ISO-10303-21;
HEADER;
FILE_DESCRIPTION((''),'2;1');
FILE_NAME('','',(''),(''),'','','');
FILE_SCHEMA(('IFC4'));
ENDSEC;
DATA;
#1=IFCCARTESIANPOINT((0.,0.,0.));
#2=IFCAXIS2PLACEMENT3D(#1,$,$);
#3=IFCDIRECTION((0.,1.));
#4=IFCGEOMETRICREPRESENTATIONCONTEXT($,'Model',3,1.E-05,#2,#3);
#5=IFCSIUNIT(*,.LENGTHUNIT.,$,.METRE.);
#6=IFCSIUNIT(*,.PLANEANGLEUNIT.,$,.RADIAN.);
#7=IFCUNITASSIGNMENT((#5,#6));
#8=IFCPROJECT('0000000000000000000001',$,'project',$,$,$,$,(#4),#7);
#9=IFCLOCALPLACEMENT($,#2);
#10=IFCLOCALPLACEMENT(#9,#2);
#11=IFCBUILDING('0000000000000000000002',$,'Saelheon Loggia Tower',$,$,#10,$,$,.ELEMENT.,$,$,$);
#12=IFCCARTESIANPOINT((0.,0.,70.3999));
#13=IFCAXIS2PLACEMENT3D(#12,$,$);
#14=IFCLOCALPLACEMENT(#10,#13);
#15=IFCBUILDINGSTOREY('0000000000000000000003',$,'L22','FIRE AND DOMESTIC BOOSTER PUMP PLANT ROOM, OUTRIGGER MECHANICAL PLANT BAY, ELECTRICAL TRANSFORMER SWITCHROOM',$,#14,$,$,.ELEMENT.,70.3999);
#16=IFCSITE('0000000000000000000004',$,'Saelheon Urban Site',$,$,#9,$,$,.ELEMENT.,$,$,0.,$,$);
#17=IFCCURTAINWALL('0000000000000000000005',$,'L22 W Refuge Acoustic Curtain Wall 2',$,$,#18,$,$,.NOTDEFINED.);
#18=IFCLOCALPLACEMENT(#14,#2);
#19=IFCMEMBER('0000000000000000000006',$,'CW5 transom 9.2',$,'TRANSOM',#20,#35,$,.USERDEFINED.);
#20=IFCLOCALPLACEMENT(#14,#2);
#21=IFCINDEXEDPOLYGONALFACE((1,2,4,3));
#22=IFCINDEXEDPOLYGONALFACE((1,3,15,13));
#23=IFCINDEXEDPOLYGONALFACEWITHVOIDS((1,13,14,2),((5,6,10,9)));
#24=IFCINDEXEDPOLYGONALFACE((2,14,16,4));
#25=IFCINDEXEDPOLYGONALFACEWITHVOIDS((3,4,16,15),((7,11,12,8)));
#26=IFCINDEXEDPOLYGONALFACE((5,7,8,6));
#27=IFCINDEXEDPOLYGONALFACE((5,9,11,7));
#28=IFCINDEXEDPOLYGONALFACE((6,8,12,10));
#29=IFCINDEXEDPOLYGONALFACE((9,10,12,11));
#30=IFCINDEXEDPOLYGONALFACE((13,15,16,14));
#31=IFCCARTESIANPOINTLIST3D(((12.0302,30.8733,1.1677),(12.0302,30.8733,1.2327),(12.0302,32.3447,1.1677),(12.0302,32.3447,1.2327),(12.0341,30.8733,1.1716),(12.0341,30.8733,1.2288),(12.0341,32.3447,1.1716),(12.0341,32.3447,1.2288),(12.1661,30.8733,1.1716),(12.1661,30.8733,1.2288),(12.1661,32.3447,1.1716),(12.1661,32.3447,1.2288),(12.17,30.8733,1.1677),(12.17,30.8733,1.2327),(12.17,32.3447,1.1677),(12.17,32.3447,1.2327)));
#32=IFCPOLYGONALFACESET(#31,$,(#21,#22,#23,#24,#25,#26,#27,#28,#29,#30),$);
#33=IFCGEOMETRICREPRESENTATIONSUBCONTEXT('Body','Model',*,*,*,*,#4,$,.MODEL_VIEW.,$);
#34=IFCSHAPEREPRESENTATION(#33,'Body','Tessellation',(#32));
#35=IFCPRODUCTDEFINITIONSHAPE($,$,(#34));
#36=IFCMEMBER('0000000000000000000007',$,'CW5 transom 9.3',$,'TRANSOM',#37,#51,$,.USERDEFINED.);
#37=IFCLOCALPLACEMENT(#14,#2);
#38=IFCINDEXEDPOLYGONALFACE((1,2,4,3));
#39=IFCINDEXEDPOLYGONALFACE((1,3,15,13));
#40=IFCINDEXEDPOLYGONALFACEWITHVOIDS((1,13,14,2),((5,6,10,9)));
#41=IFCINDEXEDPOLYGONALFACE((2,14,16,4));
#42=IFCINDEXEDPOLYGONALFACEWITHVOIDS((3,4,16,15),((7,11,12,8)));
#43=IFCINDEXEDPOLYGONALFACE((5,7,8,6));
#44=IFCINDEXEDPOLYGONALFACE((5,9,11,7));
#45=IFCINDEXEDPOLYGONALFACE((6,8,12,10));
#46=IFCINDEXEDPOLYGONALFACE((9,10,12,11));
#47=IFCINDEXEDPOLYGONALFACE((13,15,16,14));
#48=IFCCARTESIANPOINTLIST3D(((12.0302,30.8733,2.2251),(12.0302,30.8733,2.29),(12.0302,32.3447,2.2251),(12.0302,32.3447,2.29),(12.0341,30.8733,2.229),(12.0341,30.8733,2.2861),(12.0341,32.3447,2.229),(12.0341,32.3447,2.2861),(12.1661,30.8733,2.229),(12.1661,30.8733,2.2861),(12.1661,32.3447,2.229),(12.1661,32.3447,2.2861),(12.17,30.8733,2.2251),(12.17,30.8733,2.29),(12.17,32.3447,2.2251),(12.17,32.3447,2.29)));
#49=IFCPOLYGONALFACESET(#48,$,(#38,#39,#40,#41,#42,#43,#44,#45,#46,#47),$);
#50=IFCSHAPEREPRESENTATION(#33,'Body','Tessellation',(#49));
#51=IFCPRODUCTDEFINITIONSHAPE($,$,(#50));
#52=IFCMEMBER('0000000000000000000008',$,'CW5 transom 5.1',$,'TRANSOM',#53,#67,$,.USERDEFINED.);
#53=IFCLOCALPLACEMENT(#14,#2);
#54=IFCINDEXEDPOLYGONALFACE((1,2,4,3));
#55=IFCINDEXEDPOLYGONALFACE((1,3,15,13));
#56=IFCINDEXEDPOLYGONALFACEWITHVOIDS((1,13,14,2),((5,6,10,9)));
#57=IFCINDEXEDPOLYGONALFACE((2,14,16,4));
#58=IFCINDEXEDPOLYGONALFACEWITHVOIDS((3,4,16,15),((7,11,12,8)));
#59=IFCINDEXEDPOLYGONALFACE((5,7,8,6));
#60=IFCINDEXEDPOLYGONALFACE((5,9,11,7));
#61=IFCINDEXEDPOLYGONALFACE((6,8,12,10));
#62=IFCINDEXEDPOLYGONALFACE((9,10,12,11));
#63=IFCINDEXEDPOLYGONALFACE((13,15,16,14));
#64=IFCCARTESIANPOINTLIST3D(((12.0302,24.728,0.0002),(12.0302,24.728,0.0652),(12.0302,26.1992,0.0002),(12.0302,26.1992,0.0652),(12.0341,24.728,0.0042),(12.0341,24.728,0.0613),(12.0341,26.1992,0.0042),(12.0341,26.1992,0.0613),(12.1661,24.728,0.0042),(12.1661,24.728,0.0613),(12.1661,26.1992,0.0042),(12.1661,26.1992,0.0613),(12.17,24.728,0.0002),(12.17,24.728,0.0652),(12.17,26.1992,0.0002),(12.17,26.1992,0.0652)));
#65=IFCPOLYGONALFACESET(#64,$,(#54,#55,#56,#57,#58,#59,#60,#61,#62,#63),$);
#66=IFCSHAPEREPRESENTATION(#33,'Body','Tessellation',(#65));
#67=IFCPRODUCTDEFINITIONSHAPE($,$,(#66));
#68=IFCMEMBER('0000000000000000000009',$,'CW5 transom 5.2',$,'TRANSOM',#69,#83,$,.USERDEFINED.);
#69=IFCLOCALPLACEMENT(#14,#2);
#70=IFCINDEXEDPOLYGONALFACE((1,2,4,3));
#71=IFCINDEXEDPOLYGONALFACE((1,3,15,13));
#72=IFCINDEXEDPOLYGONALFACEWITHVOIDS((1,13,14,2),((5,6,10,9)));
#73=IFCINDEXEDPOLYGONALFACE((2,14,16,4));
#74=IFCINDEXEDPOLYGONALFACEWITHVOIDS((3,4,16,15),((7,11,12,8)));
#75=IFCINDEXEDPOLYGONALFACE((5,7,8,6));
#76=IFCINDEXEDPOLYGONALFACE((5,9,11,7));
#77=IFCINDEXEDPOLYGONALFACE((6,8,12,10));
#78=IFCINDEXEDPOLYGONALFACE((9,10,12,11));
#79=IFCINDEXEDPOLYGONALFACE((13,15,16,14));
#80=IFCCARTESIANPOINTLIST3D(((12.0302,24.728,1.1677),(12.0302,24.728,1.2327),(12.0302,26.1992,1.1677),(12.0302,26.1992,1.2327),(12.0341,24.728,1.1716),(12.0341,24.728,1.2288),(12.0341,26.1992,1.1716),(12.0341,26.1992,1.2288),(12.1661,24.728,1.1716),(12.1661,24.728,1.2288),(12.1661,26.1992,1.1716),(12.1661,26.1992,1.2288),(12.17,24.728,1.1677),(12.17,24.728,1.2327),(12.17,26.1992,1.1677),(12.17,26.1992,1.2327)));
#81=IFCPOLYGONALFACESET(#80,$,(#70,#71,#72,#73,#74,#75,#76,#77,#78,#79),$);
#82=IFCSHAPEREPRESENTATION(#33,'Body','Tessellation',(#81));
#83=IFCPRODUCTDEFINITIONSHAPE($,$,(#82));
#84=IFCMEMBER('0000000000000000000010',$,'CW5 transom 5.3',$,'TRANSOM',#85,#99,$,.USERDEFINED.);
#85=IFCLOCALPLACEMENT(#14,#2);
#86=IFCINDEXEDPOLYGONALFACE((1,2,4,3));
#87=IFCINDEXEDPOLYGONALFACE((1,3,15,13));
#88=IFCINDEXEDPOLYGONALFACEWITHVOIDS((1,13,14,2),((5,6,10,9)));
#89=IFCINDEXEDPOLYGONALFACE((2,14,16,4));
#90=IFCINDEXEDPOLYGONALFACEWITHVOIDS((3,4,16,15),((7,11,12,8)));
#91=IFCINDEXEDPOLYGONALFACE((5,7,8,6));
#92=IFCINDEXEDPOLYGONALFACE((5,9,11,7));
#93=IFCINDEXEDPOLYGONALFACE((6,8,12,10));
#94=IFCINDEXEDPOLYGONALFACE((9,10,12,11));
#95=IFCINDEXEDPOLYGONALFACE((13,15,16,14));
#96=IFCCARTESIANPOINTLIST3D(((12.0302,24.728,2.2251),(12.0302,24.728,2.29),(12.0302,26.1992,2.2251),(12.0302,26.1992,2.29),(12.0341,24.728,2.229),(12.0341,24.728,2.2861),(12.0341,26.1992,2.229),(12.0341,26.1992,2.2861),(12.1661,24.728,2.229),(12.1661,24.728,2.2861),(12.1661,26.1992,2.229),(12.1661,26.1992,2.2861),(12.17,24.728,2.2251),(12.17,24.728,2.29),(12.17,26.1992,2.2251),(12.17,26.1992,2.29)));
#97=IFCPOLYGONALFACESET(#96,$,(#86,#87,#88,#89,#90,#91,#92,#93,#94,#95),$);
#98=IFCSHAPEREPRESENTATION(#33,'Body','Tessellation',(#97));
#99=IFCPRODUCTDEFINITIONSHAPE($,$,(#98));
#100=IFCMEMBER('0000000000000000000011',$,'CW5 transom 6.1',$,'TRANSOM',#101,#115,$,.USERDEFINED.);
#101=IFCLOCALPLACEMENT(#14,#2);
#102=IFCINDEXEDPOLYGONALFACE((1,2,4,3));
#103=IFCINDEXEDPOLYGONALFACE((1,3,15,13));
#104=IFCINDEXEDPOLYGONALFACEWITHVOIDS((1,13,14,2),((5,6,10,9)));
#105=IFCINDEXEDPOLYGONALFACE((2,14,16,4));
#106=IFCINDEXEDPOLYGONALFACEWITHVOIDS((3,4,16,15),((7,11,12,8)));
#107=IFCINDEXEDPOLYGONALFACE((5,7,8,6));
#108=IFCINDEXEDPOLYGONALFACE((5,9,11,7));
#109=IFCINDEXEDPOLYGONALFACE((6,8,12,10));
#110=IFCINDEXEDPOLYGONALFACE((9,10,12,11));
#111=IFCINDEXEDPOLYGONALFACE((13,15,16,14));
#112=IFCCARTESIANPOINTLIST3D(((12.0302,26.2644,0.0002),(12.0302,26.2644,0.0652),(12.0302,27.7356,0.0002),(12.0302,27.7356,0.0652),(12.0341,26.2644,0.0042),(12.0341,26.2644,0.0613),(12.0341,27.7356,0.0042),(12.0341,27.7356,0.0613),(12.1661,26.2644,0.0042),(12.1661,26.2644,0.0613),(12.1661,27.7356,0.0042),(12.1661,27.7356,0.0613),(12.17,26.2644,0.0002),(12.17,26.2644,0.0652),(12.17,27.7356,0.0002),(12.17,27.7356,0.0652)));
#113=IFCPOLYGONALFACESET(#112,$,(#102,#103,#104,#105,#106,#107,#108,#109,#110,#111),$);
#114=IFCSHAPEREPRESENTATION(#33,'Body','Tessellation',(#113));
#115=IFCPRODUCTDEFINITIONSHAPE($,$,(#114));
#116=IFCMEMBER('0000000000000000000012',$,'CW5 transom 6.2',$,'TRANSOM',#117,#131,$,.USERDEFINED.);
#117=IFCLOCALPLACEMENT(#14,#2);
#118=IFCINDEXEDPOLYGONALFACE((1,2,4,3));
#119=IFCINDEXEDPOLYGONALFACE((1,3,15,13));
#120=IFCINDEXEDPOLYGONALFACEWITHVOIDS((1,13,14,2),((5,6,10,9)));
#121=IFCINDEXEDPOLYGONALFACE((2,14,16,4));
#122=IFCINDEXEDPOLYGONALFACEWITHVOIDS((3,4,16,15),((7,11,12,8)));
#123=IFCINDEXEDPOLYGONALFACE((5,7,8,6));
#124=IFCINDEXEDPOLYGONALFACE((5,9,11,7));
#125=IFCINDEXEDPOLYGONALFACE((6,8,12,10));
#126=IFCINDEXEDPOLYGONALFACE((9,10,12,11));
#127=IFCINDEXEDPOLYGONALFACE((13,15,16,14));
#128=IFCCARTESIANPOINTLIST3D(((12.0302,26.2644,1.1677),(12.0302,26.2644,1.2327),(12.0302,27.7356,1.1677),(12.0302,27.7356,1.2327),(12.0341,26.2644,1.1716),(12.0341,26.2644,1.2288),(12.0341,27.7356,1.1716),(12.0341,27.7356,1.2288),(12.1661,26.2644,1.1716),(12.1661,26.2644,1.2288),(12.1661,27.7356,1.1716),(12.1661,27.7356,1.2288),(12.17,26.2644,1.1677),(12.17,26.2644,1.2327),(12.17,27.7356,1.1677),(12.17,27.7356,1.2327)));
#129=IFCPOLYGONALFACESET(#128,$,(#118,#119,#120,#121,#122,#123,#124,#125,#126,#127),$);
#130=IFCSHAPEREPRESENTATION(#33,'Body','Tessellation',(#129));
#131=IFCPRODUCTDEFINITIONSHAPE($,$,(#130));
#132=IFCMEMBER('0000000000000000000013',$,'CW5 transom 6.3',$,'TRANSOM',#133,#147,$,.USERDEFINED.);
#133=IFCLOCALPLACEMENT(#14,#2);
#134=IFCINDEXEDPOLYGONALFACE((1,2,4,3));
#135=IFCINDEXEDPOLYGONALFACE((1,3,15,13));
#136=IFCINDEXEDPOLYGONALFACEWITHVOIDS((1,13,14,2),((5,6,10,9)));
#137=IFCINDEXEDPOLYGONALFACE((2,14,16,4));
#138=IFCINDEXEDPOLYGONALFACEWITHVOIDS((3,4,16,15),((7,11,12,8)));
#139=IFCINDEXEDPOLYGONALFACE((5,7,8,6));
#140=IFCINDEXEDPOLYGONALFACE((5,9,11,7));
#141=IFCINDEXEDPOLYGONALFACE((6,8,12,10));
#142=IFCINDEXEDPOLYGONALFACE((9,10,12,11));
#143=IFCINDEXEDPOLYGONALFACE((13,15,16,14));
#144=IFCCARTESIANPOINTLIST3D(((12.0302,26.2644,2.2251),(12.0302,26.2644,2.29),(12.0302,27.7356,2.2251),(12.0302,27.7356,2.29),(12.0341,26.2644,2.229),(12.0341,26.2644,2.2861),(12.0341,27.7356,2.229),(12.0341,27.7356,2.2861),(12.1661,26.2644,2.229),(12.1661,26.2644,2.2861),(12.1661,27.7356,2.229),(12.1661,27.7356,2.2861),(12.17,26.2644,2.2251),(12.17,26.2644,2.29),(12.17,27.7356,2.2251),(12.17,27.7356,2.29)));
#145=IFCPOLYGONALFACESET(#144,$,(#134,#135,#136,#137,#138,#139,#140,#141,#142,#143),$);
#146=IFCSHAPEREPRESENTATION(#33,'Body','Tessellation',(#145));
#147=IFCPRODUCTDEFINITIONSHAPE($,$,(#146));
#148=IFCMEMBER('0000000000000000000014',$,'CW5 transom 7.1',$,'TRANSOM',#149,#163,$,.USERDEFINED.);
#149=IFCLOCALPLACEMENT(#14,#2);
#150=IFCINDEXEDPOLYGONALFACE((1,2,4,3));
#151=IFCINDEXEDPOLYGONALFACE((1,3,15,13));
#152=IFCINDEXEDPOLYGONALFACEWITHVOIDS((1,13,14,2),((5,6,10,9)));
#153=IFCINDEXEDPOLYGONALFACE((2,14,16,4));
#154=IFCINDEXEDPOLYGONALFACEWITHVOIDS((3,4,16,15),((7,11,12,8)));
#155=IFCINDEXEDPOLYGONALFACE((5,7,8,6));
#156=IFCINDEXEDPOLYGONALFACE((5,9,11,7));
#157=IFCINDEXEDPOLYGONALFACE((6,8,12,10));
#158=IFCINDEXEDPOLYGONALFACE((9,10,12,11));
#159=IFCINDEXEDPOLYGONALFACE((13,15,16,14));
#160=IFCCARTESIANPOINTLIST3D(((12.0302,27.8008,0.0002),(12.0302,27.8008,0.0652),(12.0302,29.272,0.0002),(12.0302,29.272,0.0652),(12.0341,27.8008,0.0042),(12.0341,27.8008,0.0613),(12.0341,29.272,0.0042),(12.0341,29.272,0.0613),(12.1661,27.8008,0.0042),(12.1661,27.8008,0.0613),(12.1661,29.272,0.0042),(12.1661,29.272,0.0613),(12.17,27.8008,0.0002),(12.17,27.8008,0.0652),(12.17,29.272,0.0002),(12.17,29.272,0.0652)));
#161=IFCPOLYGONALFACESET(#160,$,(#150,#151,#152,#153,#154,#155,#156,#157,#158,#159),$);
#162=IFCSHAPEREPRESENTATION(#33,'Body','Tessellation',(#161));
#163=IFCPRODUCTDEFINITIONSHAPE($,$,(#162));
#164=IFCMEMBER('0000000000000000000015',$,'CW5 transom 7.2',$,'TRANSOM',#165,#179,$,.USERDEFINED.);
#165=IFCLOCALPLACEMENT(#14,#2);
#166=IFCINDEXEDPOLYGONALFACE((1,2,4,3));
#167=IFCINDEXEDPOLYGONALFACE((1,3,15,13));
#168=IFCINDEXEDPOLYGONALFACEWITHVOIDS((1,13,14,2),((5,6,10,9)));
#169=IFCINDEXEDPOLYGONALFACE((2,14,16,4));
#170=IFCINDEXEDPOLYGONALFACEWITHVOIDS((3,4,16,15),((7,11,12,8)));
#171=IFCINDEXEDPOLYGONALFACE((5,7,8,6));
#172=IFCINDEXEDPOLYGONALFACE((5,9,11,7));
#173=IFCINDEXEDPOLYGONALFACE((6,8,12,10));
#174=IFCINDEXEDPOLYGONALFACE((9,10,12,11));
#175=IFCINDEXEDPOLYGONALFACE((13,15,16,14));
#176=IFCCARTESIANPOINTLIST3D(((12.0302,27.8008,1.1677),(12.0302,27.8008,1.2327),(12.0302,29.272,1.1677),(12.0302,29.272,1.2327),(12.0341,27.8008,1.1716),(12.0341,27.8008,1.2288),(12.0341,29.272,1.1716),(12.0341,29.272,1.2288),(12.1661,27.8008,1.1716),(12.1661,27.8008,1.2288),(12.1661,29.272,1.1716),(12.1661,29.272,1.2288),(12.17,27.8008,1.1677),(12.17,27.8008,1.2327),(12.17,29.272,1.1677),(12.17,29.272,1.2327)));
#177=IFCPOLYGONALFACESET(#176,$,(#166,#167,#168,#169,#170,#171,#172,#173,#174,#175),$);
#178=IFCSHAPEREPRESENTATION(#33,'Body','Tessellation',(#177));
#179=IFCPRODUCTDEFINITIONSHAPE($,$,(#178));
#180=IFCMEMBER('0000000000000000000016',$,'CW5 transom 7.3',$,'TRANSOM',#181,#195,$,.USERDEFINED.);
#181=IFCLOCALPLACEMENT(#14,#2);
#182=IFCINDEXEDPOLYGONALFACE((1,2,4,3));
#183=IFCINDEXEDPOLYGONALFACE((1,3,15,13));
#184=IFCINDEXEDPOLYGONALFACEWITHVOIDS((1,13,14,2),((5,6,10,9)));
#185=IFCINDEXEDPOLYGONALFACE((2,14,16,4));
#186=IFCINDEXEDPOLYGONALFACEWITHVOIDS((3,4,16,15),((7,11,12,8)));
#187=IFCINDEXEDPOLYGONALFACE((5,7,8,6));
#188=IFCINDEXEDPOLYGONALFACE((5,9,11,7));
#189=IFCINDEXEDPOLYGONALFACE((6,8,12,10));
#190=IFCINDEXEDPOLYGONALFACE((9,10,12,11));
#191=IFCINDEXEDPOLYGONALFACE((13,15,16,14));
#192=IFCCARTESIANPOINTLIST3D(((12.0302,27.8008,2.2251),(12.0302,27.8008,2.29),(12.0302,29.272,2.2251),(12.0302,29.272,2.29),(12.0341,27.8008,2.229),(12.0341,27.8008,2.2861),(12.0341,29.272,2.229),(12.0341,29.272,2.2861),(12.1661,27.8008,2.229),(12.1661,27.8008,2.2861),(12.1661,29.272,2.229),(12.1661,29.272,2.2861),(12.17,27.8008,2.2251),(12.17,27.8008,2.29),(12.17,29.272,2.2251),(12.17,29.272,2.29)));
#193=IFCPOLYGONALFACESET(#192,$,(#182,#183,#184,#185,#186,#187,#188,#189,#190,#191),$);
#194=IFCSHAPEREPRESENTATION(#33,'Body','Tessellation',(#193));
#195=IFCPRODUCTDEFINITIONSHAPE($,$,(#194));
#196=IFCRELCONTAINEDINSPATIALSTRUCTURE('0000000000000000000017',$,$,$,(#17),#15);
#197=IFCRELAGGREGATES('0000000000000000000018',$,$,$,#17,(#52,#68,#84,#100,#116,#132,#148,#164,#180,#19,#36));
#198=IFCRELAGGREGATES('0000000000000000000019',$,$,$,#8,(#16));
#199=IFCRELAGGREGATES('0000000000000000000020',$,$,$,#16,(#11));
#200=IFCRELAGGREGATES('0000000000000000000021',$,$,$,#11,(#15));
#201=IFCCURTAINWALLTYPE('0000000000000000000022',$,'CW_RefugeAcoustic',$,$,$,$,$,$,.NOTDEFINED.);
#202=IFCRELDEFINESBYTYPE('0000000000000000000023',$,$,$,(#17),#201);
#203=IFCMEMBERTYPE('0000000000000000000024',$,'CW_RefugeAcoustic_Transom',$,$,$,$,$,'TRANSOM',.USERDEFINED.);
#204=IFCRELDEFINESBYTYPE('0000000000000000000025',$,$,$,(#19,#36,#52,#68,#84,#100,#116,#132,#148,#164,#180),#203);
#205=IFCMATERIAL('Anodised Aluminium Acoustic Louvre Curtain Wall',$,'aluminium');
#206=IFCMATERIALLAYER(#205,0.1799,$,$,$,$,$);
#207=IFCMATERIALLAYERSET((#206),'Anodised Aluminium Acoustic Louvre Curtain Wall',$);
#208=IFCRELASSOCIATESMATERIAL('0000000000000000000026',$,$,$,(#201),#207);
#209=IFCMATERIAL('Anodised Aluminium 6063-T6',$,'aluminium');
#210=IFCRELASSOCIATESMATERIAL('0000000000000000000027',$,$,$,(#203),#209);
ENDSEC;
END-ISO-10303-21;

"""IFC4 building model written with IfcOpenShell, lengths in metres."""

from ifc_helpers import new_model, si_unit, direction, frame, origin, origin_2d, place, context, subcontext, project, spatial, hollow_rectangle, extrude, source, transform, mapped, material, layer, layer_set, material_profile, profile_set, type_object, element, aggregate, save


model = new_model("IFC4")

# Units and contexts
model_context = context("Model", 3, precision=1e-05, world=origin(), true_north=direction((0.0, 1.0)))
body_context = subcontext(model_context, "Body", "Model", "MODEL_VIEW")
ifc_project = project(units=[si_unit("LENGTHUNIT", "METRE"), si_unit("PLANEANGLEUNIT", "RADIAN")], contexts=[model_context])

# Site, building, storey
site_placement = place(None, origin())
site = spatial("IfcSite", under=ifc_project, at=site_placement, Name="Saelheon Urban Site", CompositionType="ELEMENT", RefElevation=0.0)
building_placement = place(site_placement, origin())
building = spatial("IfcBuilding", under=site, at=building_placement, Name="Saelheon Loggia Tower", CompositionType="ELEMENT")
storey_placement = place(building_placement, frame((0.0, 0.0, 70.3999)))
storey = spatial("IfcBuildingStorey", under=building, at=storey_placement, Name="L22", Description="FIRE AND DOMESTIC BOOSTER PUMP PLANT ROOM, OUTRIGGER MECHANICAL PLANT BAY, ELECTRICAL TRANSFORMER SWITCHROOM", CompositionType="ELEMENT", Elevation=70.3999)

# Curtain wall, members
ifc_material_1 = material(Name="Anodised Aluminium Acoustic Louvre Curtain Wall", Category="aluminium")
ifc_layer_1 = layer(ifc_material_1, 0.1799)
ifc_layer_set_1 = layer_set([ifc_layer_1], Name="Anodised Aluminium Acoustic Louvre Curtain Wall")
curtain_wall_type = type_object("IfcCurtainWallType", Name="CW_RefugeAcoustic", PredefinedType="NOTDEFINED", material=ifc_layer_set_1)
curtain_wall_placement = place(storey_placement, origin())
curtain_wall = element("IfcCurtainWall", 1, at=curtain_wall_placement, inside=storey, type_object=curtain_wall_type, Name="L22 W Refuge Acoustic Curtain Wall 2", PredefinedType="NOTDEFINED")
ifc_material_2 = material(Name="Anodised Aluminium 6063-T6", Category="aluminium")
ifc_material_profile_1 = material_profile(ifc_material_2, hollow_rectangle(XDim=0.0649, YDim=0.1399, WallThickness=0.0039, at=origin_2d()), Name="RHS-140x65x4")
ifc_profile_set_1 = profile_set([ifc_material_profile_1], Name="Anodised Aluminium 6063-T6")
member_type_1 = type_object("IfcMemberType", Name="CW_RefugeAcoustic_Transom", ElementType="TRANSOM", PredefinedType="USERDEFINED", material=ifc_profile_set_1)
shared_shape_1 = source(origin(), body_context, "Body", "SweptSolid", [
    extrude(hollow_rectangle(XDim=0.0649, YDim=0.1399, WallThickness=0.0039, at=origin_2d()), origin(), (0.0, 0.0, 1.0), 1.4714),
])
member_1_placement = place(storey_placement, frame((12.1001, 30.8733, 1.2002), z_axis=(0.0, 1.0, 0.0), x_axis=(0.0, 0.0, 1.0)))
member_1 = element("IfcMember", 2, at=member_1_placement, type_object=member_type_1, Name="CW5 transom 9.2", ObjectType="TRANSOM", PredefinedType="USERDEFINED", context=body_context, shape_type="MappedRepresentation", body=[
    mapped(shared_shape_1, transform((0.0, 0.0, 0.0), scale=1.0)),
])
member_2_placement = place(storey_placement, frame((12.1001, 30.8733, 2.2576), z_axis=(0.0, 1.0, 0.0), x_axis=(0.0, 0.0, 1.0)))
member_2 = element("IfcMember", 3, at=member_2_placement, type_object=member_type_1, Name="CW5 transom 9.3", ObjectType="TRANSOM", PredefinedType="USERDEFINED", context=body_context, shape_type="MappedRepresentation", body=[
    mapped(shared_shape_1, transform((0.0, 0.0, 0.0), scale=1.0)),
])
shared_shape_2 = source(origin(), body_context, "Body", "SweptSolid", [
    extrude(hollow_rectangle(XDim=0.0649, YDim=0.1399, WallThickness=0.0039, at=origin_2d()), origin(), (0.0, 0.0, 1.0), 1.4712),
])
member_3_placement = place(storey_placement, frame((12.1001, 24.728, 0.0327), z_axis=(0.0, 1.0, 0.0), x_axis=(0.0, 0.0, 1.0)))
member_3 = element("IfcMember", 4, at=member_3_placement, type_object=member_type_1, Name="CW5 transom 5.1", ObjectType="TRANSOM", PredefinedType="USERDEFINED", context=body_context, shape_type="MappedRepresentation", body=[
    mapped(shared_shape_2, transform((0.0, 0.0, 0.0), scale=1.0)),
])
member_4_placement = place(storey_placement, frame((12.1001, 24.728, 1.2002), z_axis=(0.0, 1.0, 0.0), x_axis=(0.0, 0.0, 1.0)))
member_4 = element("IfcMember", 5, at=member_4_placement, type_object=member_type_1, Name="CW5 transom 5.2", ObjectType="TRANSOM", PredefinedType="USERDEFINED", context=body_context, shape_type="MappedRepresentation", body=[
    mapped(shared_shape_2, transform((0.0, 0.0, 0.0), scale=1.0)),
])
member_5_placement = place(storey_placement, frame((12.1001, 24.728, 2.2576), z_axis=(0.0, 1.0, 0.0), x_axis=(0.0, 0.0, 1.0)))
member_5 = element("IfcMember", 6, at=member_5_placement, type_object=member_type_1, Name="CW5 transom 5.3", ObjectType="TRANSOM", PredefinedType="USERDEFINED", context=body_context, shape_type="MappedRepresentation", body=[
    mapped(shared_shape_2, transform((0.0, 0.0, 0.0), scale=1.0)),
])
member_6_placement = place(storey_placement, frame((12.1001, 26.2644, 0.0327), z_axis=(0.0, 1.0, 0.0), x_axis=(0.0, 0.0, 1.0)))
member_6 = element("IfcMember", 7, at=member_6_placement, type_object=member_type_1, Name="CW5 transom 6.1", ObjectType="TRANSOM", PredefinedType="USERDEFINED", context=body_context, shape_type="MappedRepresentation", body=[
    mapped(shared_shape_2, transform((0.0, 0.0, 0.0), scale=1.0)),
])
member_7_placement = place(storey_placement, frame((12.1001, 26.2644, 1.2002), z_axis=(0.0, 1.0, 0.0), x_axis=(0.0, 0.0, 1.0)))
member_7 = element("IfcMember", 8, at=member_7_placement, type_object=member_type_1, Name="CW5 transom 6.2", ObjectType="TRANSOM", PredefinedType="USERDEFINED", context=body_context, shape_type="MappedRepresentation", body=[
    mapped(shared_shape_2, transform((0.0, 0.0, 0.0), scale=1.0)),
])
member_8_placement = place(storey_placement, frame((12.1001, 26.2644, 2.2576), z_axis=(0.0, 1.0, 0.0), x_axis=(0.0, 0.0, 1.0)))
member_8 = element("IfcMember", 9, at=member_8_placement, type_object=member_type_1, Name="CW5 transom 6.3", ObjectType="TRANSOM", PredefinedType="USERDEFINED", context=body_context, shape_type="MappedRepresentation", body=[
    mapped(shared_shape_2, transform((0.0, 0.0, 0.0), scale=1.0)),
])
member_9_placement = place(storey_placement, frame((12.1001, 27.8008, 0.0327), z_axis=(0.0, 1.0, 0.0), x_axis=(0.0, 0.0, 1.0)))
member_9 = element("IfcMember", 10, at=member_9_placement, type_object=member_type_1, Name="CW5 transom 7.1", ObjectType="TRANSOM", PredefinedType="USERDEFINED", context=body_context, shape_type="MappedRepresentation", body=[
    mapped(shared_shape_2, transform((0.0, 0.0, 0.0), scale=1.0)),
])
member_10_placement = place(storey_placement, frame((12.1001, 27.8008, 1.2002), z_axis=(0.0, 1.0, 0.0), x_axis=(0.0, 0.0, 1.0)))
member_10 = element("IfcMember", 11, at=member_10_placement, type_object=member_type_1, Name="CW5 transom 7.2", ObjectType="TRANSOM", PredefinedType="USERDEFINED", context=body_context, shape_type="MappedRepresentation", body=[
    mapped(shared_shape_2, transform((0.0, 0.0, 0.0), scale=1.0)),
])
member_11_placement = place(storey_placement, frame((12.1001, 27.8008, 2.2576), z_axis=(0.0, 1.0, 0.0), x_axis=(0.0, 0.0, 1.0)))
member_11 = element("IfcMember", 12, at=member_11_placement, type_object=member_type_1, Name="CW5 transom 7.3", ObjectType="TRANSOM", PredefinedType="USERDEFINED", context=body_context, shape_type="MappedRepresentation", body=[
    mapped(shared_shape_2, transform((0.0, 0.0, 0.0), scale=1.0)),
])
aggregate(curtain_wall, [member_3, member_4, member_5, member_6, member_7, member_8, member_9, member_10, member_11, member_1, member_2])

save(model, "model.ifc")
